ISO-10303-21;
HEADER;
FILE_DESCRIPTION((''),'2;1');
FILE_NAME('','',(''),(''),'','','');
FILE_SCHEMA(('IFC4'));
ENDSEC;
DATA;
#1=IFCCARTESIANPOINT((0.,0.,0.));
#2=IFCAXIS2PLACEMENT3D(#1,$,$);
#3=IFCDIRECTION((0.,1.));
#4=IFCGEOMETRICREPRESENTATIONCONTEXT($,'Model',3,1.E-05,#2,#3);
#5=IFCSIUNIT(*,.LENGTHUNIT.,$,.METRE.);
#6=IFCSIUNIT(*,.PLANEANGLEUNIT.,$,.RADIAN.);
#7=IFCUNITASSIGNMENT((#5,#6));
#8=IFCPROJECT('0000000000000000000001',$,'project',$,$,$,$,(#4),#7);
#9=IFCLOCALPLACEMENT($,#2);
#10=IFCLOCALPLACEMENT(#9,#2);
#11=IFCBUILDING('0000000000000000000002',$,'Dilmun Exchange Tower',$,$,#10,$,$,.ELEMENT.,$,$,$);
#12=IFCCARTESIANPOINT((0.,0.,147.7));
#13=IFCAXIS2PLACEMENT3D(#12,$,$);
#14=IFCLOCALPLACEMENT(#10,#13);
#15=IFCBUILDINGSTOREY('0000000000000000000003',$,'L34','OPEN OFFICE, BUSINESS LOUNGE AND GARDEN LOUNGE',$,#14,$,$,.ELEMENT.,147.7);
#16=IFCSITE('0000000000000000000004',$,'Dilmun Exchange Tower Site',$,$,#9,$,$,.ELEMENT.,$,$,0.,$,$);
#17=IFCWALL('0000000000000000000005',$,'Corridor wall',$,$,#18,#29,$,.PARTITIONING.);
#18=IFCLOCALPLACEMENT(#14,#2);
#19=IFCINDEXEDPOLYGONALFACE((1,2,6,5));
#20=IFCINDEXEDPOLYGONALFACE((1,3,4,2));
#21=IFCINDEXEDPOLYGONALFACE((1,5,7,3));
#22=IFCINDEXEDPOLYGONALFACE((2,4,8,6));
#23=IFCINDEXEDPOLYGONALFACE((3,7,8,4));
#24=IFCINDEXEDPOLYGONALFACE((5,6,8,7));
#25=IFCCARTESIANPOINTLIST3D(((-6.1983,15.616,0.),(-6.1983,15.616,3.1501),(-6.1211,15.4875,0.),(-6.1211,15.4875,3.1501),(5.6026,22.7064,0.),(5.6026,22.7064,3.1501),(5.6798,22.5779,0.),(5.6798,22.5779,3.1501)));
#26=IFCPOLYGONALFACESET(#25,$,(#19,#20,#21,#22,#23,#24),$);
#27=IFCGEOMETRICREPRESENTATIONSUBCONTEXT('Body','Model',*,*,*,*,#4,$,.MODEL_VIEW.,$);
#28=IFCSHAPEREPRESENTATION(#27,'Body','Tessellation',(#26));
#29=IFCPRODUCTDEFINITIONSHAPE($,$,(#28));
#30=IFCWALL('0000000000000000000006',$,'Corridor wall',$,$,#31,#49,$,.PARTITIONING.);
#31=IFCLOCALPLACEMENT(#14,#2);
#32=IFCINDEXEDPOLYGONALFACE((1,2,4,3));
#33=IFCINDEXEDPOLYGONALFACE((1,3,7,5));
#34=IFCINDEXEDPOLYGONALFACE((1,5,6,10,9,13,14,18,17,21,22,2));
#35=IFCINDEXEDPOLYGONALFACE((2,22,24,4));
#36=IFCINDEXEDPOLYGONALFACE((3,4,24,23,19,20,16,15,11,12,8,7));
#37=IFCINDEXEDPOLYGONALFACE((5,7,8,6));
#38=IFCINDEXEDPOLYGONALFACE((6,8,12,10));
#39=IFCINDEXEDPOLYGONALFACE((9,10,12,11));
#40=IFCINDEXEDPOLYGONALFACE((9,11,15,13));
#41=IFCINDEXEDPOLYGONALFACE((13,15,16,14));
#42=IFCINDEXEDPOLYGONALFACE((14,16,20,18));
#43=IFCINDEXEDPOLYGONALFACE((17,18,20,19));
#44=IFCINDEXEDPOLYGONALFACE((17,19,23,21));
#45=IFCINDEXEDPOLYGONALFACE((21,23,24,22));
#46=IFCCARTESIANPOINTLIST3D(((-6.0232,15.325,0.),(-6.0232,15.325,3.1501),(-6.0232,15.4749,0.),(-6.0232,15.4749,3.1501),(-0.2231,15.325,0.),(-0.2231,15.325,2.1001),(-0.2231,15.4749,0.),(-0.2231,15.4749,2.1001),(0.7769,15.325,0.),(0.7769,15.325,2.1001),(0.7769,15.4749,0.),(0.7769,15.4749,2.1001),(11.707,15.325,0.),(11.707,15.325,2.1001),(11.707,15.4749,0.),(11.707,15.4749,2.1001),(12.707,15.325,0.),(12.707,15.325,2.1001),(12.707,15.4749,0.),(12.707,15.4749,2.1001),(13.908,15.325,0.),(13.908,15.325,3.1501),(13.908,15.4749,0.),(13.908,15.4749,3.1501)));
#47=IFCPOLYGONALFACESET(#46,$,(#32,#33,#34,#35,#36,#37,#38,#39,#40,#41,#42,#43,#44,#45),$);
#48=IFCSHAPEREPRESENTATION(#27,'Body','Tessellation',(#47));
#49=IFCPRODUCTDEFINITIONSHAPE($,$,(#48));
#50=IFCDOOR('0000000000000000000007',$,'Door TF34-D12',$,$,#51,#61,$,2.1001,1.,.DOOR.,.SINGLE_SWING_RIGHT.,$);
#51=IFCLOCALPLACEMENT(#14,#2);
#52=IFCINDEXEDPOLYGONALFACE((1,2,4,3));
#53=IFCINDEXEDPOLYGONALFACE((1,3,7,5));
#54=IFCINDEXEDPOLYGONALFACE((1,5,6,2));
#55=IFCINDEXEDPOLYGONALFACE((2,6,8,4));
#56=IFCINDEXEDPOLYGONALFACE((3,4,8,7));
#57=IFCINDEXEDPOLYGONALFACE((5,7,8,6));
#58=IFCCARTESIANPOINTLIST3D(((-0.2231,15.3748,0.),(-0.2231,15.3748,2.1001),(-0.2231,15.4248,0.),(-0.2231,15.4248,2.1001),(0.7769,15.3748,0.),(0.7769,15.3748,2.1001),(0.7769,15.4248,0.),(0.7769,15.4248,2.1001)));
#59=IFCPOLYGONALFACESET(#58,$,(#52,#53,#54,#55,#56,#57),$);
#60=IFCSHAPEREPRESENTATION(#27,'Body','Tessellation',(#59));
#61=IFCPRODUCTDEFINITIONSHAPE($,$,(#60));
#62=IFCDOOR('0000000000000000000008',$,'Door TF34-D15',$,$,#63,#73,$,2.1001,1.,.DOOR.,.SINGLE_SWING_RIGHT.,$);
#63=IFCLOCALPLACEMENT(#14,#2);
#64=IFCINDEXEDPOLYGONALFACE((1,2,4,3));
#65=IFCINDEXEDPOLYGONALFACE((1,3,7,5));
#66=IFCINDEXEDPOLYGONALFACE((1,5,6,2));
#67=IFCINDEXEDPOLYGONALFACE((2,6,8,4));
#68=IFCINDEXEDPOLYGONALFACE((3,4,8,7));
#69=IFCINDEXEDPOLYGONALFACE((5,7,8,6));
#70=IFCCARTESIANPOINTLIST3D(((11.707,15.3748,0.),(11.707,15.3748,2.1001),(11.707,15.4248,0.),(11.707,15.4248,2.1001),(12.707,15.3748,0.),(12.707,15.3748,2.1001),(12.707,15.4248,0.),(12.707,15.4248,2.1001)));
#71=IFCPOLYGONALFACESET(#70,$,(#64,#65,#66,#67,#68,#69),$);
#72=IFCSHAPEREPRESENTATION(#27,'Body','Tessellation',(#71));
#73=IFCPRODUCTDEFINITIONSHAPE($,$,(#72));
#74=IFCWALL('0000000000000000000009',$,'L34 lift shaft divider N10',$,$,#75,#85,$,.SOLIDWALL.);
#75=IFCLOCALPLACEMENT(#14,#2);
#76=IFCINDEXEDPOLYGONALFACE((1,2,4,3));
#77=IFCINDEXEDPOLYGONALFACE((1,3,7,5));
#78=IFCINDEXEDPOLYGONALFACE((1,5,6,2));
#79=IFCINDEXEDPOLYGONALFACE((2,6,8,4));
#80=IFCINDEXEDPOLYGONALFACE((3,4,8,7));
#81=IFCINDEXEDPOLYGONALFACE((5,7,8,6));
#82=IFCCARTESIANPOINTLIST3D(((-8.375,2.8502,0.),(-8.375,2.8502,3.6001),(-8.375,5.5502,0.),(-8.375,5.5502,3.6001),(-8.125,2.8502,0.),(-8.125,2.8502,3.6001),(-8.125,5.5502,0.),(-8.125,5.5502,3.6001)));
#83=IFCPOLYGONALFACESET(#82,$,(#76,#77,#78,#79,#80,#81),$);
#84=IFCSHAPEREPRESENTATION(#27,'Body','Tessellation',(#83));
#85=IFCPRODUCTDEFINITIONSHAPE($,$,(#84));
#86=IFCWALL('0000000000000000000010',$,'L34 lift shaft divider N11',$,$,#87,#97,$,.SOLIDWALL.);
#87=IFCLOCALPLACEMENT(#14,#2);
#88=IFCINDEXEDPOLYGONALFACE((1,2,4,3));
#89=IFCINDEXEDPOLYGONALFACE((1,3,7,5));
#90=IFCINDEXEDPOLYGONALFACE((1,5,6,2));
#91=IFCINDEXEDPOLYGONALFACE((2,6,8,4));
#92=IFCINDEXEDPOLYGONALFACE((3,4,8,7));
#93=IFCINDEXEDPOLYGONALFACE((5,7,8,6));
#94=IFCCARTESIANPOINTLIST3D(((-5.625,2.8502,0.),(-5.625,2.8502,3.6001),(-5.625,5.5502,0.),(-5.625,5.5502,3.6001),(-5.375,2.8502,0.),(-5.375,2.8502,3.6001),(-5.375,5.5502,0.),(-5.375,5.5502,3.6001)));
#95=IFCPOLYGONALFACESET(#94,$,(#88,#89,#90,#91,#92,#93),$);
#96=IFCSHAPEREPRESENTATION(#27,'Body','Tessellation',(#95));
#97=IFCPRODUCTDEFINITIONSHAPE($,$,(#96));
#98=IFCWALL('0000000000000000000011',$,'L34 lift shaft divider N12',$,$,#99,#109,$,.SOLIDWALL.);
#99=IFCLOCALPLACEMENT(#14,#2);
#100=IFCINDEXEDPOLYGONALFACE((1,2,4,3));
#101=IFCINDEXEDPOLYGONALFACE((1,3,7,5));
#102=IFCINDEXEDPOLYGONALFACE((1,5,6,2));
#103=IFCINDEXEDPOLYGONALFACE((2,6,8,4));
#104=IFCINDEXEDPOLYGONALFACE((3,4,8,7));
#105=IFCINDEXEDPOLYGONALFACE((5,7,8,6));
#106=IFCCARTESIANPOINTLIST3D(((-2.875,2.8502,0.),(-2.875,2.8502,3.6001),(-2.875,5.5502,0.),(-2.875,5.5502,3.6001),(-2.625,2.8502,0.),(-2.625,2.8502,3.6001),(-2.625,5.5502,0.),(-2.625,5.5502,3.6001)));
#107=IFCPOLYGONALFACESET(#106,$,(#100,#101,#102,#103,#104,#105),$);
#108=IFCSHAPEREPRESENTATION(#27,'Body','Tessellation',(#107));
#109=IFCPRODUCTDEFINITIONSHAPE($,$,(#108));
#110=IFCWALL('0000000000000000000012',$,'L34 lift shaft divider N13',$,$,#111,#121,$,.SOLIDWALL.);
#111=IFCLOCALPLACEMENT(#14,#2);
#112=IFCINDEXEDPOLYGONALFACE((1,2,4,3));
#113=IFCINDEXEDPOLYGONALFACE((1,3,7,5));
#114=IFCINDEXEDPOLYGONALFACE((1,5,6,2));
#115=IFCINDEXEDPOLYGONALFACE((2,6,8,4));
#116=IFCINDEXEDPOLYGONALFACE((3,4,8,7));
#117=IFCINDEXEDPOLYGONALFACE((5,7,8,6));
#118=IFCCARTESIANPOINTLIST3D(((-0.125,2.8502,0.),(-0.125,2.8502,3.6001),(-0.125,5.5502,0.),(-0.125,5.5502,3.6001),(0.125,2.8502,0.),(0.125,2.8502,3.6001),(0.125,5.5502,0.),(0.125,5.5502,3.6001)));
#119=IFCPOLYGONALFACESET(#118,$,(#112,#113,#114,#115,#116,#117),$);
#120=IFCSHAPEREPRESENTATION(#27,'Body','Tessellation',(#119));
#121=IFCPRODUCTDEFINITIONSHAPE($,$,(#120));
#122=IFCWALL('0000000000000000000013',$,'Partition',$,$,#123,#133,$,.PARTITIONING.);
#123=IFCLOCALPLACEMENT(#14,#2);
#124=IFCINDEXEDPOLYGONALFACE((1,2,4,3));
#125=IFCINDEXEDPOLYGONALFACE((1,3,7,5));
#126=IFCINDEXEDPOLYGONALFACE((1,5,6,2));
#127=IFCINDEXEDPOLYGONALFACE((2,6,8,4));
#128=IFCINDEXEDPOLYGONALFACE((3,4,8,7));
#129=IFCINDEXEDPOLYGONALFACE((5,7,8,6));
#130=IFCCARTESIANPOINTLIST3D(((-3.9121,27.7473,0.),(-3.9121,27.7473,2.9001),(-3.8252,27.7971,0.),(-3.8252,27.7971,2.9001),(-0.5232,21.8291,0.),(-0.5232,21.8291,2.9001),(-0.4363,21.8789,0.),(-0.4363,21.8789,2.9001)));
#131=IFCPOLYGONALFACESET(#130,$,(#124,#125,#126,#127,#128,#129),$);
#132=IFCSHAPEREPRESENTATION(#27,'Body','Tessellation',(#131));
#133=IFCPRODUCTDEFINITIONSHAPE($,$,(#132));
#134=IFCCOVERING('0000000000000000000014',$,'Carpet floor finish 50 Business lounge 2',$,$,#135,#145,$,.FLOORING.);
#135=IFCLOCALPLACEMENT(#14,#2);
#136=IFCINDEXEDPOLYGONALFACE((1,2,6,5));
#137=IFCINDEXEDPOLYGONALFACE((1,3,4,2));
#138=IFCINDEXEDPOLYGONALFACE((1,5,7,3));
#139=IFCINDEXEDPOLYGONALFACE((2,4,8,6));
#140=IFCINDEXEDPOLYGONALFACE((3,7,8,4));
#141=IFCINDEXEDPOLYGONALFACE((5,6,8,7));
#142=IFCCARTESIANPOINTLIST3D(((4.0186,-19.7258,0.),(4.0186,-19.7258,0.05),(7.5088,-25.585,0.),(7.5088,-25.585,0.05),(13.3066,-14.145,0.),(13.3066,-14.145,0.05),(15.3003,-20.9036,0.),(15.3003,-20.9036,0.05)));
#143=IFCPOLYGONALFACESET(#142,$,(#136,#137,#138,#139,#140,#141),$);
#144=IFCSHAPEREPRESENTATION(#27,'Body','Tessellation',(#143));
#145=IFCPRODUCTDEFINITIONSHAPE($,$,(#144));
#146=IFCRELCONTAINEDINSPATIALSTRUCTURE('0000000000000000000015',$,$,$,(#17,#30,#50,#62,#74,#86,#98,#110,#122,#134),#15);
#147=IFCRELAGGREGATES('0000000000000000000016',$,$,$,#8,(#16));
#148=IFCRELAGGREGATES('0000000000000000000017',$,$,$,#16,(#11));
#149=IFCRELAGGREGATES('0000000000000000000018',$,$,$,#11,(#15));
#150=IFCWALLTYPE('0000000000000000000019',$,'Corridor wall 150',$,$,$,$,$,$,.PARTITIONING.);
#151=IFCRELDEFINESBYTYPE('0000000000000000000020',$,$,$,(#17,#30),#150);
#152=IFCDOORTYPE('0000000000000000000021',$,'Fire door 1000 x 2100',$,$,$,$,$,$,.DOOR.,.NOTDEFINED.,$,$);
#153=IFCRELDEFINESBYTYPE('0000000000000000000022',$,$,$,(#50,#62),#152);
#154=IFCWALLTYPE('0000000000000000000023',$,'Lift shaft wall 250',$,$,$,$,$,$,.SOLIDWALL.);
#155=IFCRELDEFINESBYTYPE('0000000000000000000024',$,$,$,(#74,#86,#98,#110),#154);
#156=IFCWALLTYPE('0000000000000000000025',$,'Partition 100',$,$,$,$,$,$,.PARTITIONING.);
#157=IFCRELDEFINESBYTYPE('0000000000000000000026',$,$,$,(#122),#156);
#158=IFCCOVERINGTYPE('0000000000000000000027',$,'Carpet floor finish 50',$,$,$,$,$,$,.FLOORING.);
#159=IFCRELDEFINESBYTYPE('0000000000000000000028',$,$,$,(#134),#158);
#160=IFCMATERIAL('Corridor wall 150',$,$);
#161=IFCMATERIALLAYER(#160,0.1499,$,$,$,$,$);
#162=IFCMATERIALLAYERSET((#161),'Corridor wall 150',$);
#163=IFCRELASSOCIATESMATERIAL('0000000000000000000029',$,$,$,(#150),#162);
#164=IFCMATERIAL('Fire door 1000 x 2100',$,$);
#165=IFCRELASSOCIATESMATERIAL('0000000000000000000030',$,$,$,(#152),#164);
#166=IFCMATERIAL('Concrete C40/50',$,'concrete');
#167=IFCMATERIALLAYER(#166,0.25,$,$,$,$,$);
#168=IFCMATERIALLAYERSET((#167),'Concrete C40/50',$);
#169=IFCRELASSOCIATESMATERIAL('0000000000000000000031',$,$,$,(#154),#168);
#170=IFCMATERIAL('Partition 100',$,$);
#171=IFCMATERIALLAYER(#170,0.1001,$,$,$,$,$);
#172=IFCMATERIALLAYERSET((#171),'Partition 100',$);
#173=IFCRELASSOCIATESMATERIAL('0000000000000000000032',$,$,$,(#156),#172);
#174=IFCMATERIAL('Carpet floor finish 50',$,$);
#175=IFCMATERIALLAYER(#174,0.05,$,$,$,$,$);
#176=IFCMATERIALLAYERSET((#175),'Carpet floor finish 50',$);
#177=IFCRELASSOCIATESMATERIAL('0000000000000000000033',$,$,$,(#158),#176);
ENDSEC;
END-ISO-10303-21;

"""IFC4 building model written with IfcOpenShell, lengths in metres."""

from ifc_helpers import new_model, si_unit, direction, frame, frame_2d, origin, place, context, subcontext, project, spatial, polyline, rectangle, outline, extrude, material, layer, layer_set, type_object, element, fill, save


model = new_model("IFC4")

# Units and contexts
model_context = context("Model", 3, precision=1e-05, world=origin(), true_north=direction((0.0, 1.0)))
body_context = subcontext(model_context, "Body", "Model", "MODEL_VIEW")
ifc_project = project(units=[si_unit("LENGTHUNIT", "METRE"), si_unit("PLANEANGLEUNIT", "RADIAN")], contexts=[model_context])

# Site, building, storey
site_placement = place(None, origin())
site = spatial("IfcSite", under=ifc_project, at=site_placement, Name="Dilmun Exchange Tower Site", CompositionType="ELEMENT", RefElevation=0.0)
building_placement = place(site_placement, origin())
building = spatial("IfcBuilding", under=site, at=building_placement, Name="Dilmun Exchange Tower", CompositionType="ELEMENT")
storey_placement = place(building_placement, frame((0.0, 0.0, 147.7)))
storey = spatial("IfcBuildingStorey", under=building, at=storey_placement, Name="L34", Description="OPEN OFFICE, BUSINESS LOUNGE AND GARDEN LOUNGE", CompositionType="ELEMENT", Elevation=147.7)

# Shared definitions
ifc_material_1 = material(Name="Concrete C40/50", Category="concrete")

# Wall
ifc_material_2 = material(Name="Corridor wall 150")
ifc_layer_1 = layer(ifc_material_2, 0.1499)
ifc_layer_set_1 = layer_set([ifc_layer_1], Name="Corridor wall 150")
wall_type_1 = type_object("IfcWallType", Name="Corridor wall 150", PredefinedType="PARTITIONING", material=ifc_layer_set_1)
wall_1_placement = place(storey_placement, frame((-6.1597, 15.5518, 0.0), z_axis=(0.0, 0.0, 1.0), x_axis=(0.857177, 0.515022, 0.0)))
element("IfcWall", 1, at=wall_1_placement, inside=storey, type_object=wall_type_1, Name="Corridor wall", PredefinedType="PARTITIONING", context=body_context, shape_type="SweptSolid", body=[
    extrude(rectangle(XDim=13.7671, YDim=0.1499, at=frame_2d((6.8835, 0.0))), origin(), (0.0, 0.0, 1.0), 3.1501),
])

# Wall, openings, doors
wall_2_placement = place(storey_placement, frame((-6.0232, 15.3999, 0.0), z_axis=(0.0, 0.0, 1.0), x_axis=(1.0, 0.0, 0.0)))
wall_2 = element("IfcWall", 2, at=wall_2_placement, inside=storey, type_object=wall_type_1, Name="Corridor wall", PredefinedType="PARTITIONING", context=body_context, shape_type="SweptSolid", body=[
    extrude(rectangle(XDim=19.9312, YDim=0.1499, at=frame_2d((9.9656, 0.0))), origin(), (0.0, 0.0, 1.0), 3.1501),
])
opening_1_placement = place(wall_2_placement, frame((5.8, 0.0, 0.0)))
opening_1 = element("IfcOpeningElement", 3, at=opening_1_placement, cuts=wall_2, PredefinedType="OPENING", context=body_context, shape_type="SweptSolid", body=[
    extrude(rectangle(XDim=1.0, YDim=2.1001, at=frame_2d((0.5, 1.05))), frame((0.0, 0.085, 0.0), z_axis=(0.0, -1.0, 0.0), x_axis=(1.0, 0.0, 0.0)), (0.0, 0.0, 1.0), 0.1699),
])
opening_2_placement = place(wall_2_placement, frame((17.7302, 0.0, 0.0)))
opening_2 = element("IfcOpeningElement", 4, at=opening_2_placement, cuts=wall_2, PredefinedType="OPENING", context=body_context, shape_type="SweptSolid", body=[
    extrude(rectangle(XDim=1.0, YDim=2.1001, at=frame_2d((0.5, 1.05))), frame((0.0, 0.085, 0.0), z_axis=(0.0, -1.0, 0.0), x_axis=(1.0, 0.0, 0.0)), (0.0, 0.0, 1.0), 0.1699),
])
ifc_material_3 = material(Name="Fire door 1000 x 2100")
door_type_1 = type_object("IfcDoorType", Name="Fire door 1000 x 2100", OperationType="NOTDEFINED", PredefinedType="DOOR", material=ifc_material_3)
door_1_placement = place(opening_1_placement, origin())
door_1 = element("IfcDoor", 5, at=door_1_placement, inside=storey, type_object=door_type_1, Name="Door TF34-D12", OperationType="SINGLE_SWING_RIGHT", OverallHeight=2.1001, OverallWidth=1.0, PredefinedType="DOOR", context=body_context, shape_type="SweptSolid", body=[
    extrude(rectangle(XDim=1.0, YDim=2.1001, at=frame_2d((0.5, 1.05))), frame((0.0, 0.0249, 0.0), z_axis=(0.0, -1.0, 0.0), x_axis=(1.0, 0.0, 0.0)), (0.0, 0.0, 1.0), 0.05),
])
fill(opening_1, door_1)
door_2_placement = place(opening_2_placement, origin())
door_2 = element("IfcDoor", 6, at=door_2_placement, inside=storey, type_object=door_type_1, Name="Door TF34-D15", OperationType="SINGLE_SWING_RIGHT", OverallHeight=2.1001, OverallWidth=1.0, PredefinedType="DOOR", context=body_context, shape_type="SweptSolid", body=[
    extrude(rectangle(XDim=1.0, YDim=2.1001, at=frame_2d((0.5, 1.05))), frame((0.0, 0.0249, 0.0), z_axis=(0.0, -1.0, 0.0), x_axis=(1.0, 0.0, 0.0)), (0.0, 0.0, 1.0), 0.05),
])
fill(opening_2, door_2)

# Walls
ifc_layer_2 = layer(ifc_material_1, 0.25)
ifc_layer_set_2 = layer_set([ifc_layer_2], Name="Concrete C40/50")
wall_type_2 = type_object("IfcWallType", Name="Lift shaft wall 250", PredefinedType="SOLIDWALL", material=ifc_layer_set_2)
for number, where, z_axis, x_axis, name in (
    (7, (-8.25, 2.8501, 0.0), (0.0, 0.0, 1.0), (0.0, 1.0, 0.0), "L34 lift shaft divider N10"),
    (8, (-5.5, 2.8501, 0.0), (0.0, 0.0, 1.0), (0.0, 1.0, 0.0), "L34 lift shaft divider N11"),
    (9, (-2.75, 2.8501, 0.0), (0.0, 0.0, 1.0), (0.0, 1.0, 0.0), "L34 lift shaft divider N12"),
    (10, (0.0, 2.8501, 0.0), (0.0, 0.0, 1.0), (0.0, 1.0, 0.0), "L34 lift shaft divider N13"),
):
    element("IfcWall", number, at=place(storey_placement, frame(where, z_axis=z_axis, x_axis=x_axis)), inside=storey, type_object=wall_type_2, Name=name, PredefinedType="SOLIDWALL", context=body_context, shape_type="SweptSolid", body=[
        extrude(rectangle(XDim=2.7, YDim=0.25, at=frame_2d((1.3501, 0.0))), origin(), (0.0, 0.0, 1.0), 3.6001),
    ])
ifc_material_4 = material(Name="Partition 100")
ifc_layer_3 = layer(ifc_material_4, 0.1001)
ifc_layer_set_3 = layer_set([ifc_layer_3], Name="Partition 100")
wall_type_3 = type_object("IfcWallType", Name="Partition 100", PredefinedType="PARTITIONING", material=ifc_layer_set_3)
wall_3_placement = place(storey_placement, frame((-3.8687, 27.7722, 0.0), z_axis=(0.0, 0.0, 1.0), x_axis=(0.496921, -0.867796, 0.0)))
element("IfcWall", 11, at=wall_3_placement, inside=storey, type_object=wall_type_3, Name="Partition", PredefinedType="PARTITIONING", context=body_context, shape_type="SweptSolid", body=[
    extrude(rectangle(XDim=6.8198, YDim=0.1001, at=frame_2d((3.4099, 0.0))), origin(), (0.0, 0.0, 1.0), 2.9001),
])

# Covering
ifc_material_5 = material(Name="Carpet floor finish 50")
ifc_layer_4 = layer(ifc_material_5, 0.05)
ifc_layer_set_4 = layer_set([ifc_layer_4], Name="Carpet floor finish 50")
covering_type = type_object("IfcCoveringType", Name="Carpet floor finish 50", PredefinedType="FLOORING", material=ifc_layer_set_4)
covering_placement = place(storey_placement, origin())
element("IfcCovering", 12, at=covering_placement, inside=storey, type_object=covering_type, Name="Carpet floor finish 50 Business lounge 2", PredefinedType="FLOORING", context=body_context, shape_type="SweptSolid", body=[
    extrude(outline(polyline([(4.0186, -19.7258), (13.3066, -14.145), (15.3003, -20.9036), (7.5088, -25.585), (4.0186, -19.7258)])), origin(), (0.0, 0.0, 1.0), 0.05),
])

save(model, "model.ifc")
